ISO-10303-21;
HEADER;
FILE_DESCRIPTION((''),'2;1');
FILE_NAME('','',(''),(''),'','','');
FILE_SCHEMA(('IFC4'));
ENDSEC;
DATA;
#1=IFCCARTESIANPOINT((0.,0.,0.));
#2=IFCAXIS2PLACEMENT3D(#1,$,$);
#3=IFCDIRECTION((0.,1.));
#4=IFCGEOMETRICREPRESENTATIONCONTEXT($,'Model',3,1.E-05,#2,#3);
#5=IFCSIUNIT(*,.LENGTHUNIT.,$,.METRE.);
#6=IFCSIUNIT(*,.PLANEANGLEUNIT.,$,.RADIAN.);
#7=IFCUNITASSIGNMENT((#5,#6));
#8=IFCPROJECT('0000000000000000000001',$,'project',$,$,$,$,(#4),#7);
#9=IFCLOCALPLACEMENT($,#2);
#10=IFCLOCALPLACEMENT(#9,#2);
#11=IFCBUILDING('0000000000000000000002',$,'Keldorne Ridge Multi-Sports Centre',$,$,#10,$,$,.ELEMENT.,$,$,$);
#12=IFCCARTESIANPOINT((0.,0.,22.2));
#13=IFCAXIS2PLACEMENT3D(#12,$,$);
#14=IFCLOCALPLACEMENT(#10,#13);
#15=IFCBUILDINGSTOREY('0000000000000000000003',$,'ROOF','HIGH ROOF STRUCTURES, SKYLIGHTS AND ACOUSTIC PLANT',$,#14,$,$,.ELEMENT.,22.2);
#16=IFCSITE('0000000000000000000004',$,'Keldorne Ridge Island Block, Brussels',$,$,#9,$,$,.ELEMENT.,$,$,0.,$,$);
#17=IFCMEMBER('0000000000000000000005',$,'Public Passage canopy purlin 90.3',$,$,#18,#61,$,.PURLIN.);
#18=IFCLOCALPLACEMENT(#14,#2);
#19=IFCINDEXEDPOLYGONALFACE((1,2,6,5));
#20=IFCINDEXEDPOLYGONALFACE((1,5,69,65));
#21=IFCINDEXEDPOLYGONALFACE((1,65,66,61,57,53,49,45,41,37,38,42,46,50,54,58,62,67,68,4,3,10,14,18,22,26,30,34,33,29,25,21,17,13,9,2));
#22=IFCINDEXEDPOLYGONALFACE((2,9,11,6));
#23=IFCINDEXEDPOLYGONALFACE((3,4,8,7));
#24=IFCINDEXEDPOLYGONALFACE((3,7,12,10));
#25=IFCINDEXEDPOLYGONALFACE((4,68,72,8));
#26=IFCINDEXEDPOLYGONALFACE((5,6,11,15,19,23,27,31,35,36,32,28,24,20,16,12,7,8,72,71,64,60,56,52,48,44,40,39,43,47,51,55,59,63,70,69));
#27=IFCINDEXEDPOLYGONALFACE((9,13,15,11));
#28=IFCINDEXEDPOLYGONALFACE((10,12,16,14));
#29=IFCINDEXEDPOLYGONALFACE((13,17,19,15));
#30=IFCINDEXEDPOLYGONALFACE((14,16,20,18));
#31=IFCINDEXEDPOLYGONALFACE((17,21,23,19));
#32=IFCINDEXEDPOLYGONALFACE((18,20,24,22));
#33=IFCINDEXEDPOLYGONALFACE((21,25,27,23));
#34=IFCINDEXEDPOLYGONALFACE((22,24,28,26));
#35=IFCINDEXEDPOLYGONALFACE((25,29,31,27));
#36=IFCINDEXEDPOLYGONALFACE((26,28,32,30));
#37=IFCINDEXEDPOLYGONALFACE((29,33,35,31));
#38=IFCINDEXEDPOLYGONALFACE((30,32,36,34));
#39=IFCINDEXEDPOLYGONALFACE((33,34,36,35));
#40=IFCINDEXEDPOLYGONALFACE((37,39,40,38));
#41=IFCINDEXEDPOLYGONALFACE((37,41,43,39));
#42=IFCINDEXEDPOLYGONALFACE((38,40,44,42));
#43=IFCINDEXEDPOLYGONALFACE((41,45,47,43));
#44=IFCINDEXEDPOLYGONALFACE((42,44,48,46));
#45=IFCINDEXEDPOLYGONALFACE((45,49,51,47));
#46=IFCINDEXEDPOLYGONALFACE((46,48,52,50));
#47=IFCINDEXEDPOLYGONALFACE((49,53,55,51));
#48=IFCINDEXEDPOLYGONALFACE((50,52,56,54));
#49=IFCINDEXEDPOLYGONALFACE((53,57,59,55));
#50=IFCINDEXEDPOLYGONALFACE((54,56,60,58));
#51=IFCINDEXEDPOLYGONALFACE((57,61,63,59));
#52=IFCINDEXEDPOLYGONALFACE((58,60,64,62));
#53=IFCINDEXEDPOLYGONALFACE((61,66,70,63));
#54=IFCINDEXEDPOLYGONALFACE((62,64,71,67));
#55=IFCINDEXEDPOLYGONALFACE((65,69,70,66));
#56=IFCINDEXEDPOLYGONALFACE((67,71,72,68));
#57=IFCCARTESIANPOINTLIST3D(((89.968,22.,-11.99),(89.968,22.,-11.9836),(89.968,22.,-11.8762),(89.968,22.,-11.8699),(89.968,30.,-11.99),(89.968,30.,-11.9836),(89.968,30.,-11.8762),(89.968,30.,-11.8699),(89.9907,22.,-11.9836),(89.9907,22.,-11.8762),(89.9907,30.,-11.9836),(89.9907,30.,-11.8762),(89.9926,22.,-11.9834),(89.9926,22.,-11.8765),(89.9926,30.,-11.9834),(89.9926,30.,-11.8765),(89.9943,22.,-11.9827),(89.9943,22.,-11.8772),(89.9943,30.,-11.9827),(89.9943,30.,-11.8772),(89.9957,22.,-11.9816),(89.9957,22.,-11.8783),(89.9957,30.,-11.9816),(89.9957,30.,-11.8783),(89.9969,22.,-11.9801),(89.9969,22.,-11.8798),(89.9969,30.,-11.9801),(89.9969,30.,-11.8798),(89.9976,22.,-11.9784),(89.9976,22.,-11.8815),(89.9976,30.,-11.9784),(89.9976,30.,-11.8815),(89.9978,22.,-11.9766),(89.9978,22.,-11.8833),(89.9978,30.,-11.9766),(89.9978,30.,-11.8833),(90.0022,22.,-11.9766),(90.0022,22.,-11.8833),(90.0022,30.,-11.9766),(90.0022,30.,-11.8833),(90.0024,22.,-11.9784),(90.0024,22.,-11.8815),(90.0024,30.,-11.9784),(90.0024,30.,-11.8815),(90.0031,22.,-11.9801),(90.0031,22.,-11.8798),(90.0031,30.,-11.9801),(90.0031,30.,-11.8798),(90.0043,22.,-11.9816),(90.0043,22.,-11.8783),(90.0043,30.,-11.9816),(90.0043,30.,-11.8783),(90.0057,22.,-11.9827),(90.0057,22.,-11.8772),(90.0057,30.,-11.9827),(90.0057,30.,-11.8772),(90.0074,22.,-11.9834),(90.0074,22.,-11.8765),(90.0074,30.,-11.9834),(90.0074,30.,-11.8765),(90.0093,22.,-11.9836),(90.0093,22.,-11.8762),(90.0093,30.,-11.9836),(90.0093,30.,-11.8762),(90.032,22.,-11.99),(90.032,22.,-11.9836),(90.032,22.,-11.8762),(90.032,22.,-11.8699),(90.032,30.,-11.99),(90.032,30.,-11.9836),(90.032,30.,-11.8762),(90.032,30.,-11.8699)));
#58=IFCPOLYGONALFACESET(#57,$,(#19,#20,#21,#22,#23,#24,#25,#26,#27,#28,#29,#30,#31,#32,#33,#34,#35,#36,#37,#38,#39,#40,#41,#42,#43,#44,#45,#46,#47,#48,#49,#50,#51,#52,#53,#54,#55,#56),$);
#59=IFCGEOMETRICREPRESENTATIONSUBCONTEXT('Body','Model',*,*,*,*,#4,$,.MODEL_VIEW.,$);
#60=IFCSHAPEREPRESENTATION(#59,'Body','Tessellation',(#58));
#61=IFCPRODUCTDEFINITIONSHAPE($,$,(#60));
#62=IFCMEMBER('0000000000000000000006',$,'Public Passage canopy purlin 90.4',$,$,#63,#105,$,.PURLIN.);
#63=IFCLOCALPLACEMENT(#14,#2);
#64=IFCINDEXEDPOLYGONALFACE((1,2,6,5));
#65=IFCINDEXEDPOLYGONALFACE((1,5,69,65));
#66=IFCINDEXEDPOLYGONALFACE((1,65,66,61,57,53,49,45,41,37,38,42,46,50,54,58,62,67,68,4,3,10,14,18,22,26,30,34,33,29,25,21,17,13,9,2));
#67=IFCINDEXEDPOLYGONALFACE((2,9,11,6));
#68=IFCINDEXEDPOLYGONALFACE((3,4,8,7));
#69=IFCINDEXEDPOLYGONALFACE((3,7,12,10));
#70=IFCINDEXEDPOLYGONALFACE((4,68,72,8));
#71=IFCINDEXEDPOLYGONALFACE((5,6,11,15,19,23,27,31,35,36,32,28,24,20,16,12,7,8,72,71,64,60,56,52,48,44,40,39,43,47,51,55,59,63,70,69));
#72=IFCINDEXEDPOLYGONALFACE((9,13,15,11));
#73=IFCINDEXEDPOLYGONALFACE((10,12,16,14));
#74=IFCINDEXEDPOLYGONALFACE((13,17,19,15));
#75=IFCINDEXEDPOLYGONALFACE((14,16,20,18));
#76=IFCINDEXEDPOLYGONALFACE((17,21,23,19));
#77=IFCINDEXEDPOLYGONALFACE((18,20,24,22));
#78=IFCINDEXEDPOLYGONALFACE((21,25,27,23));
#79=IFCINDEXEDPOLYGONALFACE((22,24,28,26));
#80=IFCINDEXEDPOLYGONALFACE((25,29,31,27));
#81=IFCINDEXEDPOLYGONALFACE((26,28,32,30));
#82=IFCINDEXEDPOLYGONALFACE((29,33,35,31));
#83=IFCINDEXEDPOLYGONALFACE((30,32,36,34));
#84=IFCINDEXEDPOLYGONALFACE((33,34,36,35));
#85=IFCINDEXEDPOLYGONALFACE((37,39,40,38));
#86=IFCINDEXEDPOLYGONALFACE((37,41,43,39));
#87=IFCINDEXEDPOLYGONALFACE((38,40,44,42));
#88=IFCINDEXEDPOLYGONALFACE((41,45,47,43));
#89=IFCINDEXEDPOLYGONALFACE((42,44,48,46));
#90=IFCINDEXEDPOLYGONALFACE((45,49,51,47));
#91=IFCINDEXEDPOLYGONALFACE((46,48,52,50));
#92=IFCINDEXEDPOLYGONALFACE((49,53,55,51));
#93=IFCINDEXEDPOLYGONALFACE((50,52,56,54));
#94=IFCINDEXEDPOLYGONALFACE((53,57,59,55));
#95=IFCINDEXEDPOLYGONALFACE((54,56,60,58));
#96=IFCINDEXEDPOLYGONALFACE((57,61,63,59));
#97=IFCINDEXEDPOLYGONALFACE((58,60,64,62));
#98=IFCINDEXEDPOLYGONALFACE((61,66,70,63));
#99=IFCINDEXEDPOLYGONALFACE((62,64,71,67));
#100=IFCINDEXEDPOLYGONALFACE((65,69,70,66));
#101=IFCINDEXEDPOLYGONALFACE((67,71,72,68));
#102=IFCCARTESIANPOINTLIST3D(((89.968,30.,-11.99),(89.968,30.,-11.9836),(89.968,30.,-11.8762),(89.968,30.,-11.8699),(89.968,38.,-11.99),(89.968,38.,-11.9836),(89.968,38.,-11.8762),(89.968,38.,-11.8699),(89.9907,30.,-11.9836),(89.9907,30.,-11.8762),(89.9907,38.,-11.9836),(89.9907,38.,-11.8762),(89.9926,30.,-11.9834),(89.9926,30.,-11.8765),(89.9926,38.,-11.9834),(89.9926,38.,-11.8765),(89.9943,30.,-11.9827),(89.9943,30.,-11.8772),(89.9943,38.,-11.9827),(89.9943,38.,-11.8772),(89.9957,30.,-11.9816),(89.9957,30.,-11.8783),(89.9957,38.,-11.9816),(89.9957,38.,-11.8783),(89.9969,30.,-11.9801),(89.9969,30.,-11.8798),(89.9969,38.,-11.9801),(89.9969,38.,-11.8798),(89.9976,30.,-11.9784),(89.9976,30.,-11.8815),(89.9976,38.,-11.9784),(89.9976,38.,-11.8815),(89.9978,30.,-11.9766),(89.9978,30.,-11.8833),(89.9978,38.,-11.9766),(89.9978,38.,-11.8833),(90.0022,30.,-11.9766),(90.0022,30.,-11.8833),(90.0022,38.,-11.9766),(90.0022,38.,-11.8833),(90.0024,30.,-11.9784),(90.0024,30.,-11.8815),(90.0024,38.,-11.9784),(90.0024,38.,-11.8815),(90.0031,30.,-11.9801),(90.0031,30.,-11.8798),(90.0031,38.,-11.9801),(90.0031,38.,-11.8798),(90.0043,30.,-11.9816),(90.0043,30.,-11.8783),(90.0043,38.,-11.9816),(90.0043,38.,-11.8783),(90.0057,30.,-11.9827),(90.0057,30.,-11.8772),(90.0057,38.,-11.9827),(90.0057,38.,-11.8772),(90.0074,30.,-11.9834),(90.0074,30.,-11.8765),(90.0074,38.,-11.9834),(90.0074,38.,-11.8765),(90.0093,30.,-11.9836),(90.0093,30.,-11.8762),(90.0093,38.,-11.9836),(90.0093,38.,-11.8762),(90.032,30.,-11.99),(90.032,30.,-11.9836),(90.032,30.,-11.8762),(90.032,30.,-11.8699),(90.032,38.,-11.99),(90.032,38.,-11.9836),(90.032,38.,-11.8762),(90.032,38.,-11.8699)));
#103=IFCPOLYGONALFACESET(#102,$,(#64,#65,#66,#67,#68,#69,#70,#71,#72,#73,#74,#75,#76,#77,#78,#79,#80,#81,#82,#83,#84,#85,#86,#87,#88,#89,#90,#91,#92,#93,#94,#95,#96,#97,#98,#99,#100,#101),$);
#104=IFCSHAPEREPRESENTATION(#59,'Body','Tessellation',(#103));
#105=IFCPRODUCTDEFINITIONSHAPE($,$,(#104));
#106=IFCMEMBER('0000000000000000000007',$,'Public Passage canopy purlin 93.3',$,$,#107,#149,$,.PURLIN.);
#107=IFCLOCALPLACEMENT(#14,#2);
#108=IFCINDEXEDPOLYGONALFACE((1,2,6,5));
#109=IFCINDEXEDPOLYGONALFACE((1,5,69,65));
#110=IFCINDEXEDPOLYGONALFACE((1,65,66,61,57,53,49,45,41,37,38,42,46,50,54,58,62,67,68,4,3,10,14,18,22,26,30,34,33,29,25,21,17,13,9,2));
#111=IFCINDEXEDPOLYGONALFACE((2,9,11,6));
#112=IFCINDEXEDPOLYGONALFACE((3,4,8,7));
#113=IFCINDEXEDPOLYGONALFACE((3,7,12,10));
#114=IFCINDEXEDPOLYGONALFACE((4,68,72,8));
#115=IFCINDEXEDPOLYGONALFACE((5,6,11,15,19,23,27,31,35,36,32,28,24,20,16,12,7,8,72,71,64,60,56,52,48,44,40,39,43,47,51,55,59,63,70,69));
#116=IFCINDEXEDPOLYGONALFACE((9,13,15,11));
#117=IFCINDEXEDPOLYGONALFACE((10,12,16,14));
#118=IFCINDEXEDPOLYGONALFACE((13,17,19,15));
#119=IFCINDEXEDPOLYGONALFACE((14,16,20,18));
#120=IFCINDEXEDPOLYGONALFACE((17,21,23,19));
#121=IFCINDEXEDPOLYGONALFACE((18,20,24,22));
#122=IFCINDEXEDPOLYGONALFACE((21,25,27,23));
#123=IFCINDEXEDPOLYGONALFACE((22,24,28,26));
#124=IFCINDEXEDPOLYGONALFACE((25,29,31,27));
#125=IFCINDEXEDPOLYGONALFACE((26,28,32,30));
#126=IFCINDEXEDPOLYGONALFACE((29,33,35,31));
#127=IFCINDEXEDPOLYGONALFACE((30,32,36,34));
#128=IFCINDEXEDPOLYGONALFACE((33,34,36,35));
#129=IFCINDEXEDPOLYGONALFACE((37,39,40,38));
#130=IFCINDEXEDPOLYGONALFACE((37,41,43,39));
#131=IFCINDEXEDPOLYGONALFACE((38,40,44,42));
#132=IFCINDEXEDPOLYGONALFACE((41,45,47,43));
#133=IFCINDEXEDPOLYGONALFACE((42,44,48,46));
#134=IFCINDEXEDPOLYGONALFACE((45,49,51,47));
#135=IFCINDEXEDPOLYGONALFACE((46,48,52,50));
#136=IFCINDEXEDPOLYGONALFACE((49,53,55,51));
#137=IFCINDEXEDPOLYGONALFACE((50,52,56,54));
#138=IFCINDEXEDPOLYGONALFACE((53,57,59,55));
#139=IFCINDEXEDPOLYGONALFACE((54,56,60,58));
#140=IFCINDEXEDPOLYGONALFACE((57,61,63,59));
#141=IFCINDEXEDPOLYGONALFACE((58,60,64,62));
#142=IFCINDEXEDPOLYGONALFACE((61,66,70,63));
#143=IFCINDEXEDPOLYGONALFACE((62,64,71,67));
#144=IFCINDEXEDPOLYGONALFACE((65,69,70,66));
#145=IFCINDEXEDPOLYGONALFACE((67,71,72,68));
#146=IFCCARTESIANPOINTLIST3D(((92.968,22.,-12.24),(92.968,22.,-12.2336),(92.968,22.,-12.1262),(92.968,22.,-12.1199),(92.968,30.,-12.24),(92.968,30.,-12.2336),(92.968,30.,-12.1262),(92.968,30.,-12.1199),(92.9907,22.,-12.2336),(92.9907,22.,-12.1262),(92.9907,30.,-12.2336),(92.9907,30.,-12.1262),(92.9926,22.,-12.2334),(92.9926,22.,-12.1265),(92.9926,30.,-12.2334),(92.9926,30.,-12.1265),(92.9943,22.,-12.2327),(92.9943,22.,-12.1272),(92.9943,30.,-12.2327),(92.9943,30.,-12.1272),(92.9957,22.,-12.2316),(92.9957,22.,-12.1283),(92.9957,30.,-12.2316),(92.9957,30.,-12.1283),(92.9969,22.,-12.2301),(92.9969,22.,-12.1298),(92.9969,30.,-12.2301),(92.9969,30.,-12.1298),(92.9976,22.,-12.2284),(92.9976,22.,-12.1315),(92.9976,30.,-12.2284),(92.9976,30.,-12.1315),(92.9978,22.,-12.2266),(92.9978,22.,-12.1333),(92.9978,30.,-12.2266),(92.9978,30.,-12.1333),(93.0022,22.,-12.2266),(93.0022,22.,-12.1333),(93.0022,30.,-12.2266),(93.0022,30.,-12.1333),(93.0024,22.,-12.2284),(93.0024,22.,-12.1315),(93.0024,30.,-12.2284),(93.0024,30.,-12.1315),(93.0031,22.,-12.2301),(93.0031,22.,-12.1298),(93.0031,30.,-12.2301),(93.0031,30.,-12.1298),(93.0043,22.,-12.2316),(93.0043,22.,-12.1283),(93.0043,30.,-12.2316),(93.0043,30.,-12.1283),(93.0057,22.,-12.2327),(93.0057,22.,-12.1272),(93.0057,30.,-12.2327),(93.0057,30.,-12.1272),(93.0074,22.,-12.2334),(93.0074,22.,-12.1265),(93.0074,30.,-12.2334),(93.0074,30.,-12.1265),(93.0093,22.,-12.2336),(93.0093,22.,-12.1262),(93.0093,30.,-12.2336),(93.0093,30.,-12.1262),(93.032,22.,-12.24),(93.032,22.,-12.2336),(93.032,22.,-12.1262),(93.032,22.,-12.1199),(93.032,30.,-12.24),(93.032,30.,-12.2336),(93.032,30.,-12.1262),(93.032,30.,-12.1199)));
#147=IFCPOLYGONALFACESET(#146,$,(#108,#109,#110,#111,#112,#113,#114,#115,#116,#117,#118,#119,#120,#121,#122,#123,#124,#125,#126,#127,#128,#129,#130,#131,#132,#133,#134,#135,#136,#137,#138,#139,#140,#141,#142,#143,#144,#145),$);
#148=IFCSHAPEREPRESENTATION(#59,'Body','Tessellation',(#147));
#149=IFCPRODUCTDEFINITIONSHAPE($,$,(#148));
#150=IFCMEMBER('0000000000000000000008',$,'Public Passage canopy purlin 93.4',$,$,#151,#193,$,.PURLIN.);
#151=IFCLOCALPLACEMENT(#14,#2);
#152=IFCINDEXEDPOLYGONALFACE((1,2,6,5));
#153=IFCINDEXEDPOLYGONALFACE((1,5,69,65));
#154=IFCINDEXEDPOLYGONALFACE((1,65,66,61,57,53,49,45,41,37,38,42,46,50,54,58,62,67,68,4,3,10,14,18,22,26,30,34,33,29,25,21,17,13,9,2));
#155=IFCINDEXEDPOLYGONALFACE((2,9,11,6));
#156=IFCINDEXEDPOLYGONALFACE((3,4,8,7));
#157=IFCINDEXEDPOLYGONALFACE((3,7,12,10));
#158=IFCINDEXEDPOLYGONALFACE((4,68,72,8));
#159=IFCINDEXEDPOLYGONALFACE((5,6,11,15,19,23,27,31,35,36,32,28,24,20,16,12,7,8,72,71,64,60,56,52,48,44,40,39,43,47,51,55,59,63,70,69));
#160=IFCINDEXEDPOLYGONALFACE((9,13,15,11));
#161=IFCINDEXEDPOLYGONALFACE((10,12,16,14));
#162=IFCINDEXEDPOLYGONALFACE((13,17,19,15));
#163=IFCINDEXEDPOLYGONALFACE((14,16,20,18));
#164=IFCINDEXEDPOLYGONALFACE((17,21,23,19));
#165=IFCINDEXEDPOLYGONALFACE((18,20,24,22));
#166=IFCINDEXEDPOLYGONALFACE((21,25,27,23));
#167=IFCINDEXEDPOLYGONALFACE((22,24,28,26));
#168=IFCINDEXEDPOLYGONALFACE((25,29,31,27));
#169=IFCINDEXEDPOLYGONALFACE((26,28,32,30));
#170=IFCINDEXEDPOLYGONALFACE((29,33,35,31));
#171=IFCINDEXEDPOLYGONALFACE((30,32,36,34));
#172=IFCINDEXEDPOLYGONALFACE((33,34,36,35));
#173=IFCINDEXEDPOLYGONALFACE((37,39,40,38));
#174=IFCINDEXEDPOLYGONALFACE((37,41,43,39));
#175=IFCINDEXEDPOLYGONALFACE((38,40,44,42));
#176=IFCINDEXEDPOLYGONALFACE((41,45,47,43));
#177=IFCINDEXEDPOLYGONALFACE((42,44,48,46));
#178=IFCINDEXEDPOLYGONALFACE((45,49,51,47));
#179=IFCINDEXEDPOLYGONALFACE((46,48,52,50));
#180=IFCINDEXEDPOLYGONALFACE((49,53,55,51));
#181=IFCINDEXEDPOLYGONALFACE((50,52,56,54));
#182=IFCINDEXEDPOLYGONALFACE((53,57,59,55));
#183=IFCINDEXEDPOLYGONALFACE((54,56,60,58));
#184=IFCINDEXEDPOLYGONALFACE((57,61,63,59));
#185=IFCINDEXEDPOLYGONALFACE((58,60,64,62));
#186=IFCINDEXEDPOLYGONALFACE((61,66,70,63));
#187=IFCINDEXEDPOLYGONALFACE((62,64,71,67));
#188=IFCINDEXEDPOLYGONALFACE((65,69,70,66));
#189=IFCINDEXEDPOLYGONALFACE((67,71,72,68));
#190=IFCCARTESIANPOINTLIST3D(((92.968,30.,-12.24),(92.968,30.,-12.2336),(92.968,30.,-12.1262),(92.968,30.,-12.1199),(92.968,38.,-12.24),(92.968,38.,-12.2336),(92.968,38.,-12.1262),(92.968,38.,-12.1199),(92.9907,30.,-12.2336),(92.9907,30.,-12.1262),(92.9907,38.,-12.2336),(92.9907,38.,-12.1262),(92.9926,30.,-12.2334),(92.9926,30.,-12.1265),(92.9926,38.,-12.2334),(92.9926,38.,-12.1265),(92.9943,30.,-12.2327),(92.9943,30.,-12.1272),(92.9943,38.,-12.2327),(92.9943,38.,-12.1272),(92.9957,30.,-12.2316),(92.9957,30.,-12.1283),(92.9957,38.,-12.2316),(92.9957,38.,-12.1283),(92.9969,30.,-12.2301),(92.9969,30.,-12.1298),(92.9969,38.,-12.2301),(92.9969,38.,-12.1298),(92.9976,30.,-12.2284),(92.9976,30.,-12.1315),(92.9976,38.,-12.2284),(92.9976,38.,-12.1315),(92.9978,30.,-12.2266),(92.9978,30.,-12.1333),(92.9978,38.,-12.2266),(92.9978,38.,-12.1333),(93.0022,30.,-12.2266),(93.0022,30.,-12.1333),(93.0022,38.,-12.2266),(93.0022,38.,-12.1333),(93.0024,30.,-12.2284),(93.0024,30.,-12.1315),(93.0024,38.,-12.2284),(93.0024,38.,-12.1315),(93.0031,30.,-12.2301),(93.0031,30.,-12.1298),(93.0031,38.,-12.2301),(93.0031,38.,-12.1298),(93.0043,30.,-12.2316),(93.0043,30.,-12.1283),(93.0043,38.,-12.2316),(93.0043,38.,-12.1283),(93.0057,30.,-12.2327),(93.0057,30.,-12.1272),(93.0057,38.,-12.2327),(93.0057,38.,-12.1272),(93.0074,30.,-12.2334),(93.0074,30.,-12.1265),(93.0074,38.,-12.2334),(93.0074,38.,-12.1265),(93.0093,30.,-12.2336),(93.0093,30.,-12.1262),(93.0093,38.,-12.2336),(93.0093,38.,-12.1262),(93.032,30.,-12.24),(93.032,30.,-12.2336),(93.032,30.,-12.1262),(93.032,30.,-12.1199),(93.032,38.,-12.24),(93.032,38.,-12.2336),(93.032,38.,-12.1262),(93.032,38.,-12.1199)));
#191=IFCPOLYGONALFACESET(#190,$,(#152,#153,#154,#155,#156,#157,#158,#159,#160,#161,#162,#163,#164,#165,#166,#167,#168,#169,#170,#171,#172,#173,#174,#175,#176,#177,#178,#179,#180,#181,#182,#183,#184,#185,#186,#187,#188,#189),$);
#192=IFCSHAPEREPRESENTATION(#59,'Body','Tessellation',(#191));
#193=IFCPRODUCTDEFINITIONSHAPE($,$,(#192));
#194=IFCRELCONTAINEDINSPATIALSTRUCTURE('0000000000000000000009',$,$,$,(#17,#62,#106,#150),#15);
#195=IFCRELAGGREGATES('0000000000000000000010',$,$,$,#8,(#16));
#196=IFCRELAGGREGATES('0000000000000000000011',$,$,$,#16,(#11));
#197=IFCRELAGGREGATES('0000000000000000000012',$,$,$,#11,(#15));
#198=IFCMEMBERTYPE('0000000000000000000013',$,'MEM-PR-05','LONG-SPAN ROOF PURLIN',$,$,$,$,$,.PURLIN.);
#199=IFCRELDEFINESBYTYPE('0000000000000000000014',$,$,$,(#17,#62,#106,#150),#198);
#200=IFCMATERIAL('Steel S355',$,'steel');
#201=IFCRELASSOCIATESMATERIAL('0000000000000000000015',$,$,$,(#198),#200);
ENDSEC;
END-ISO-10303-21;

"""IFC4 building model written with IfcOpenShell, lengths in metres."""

from ifc_helpers import new_model, si_unit, direction, frame, origin, origin_2d, place, context, subcontext, project, spatial, i_section, extrude, material, material_profile, profile_set, type_object, element, save


model = new_model("IFC4")

# Units and contexts
model_context = context("Model", 3, precision=1e-05, world=origin(), true_north=direction((0.0, 1.0)))
body_context = subcontext(model_context, "Body", "Model", "MODEL_VIEW")
ifc_project = project(units=[si_unit("LENGTHUNIT", "METRE"), si_unit("PLANEANGLEUNIT", "RADIAN")], contexts=[model_context])

# Site, building, storey
site_placement = place(None, origin())
site = spatial("IfcSite", under=ifc_project, at=site_placement, Name="Keldorne Ridge Island Block, Brussels", CompositionType="ELEMENT", RefElevation=0.0)
building_placement = place(site_placement, origin())
building = spatial("IfcBuilding", under=site, at=building_placement, Name="Keldorne Ridge Multi-Sports Centre", CompositionType="ELEMENT")
storey_placement = place(building_placement, frame((0.0, 0.0, 22.2)))
storey = spatial("IfcBuildingStorey", under=building, at=storey_placement, Name="ROOF", Description="HIGH ROOF STRUCTURES, SKYLIGHTS AND ACOUSTIC PLANT", CompositionType="ELEMENT", Elevation=22.2)

# Members
ifc_material = material(Name="Steel S355", Category="steel")
ifc_material_profile_1 = material_profile(ifc_material, i_section(OverallWidth=0.064, OverallDepth=0.1201, WebThickness=0.0044, FlangeThickness=0.0063, FilletRadius=0.0071, at=origin_2d()), Name="IPE 120")
ifc_profile_set_1 = profile_set([ifc_material_profile_1], Name="Steel S355")
member_type_1 = type_object("IfcMemberType", Name="MEM-PR-05", Description="LONG-SPAN ROOF PURLIN", PredefinedType="PURLIN", material=ifc_profile_set_1)
for number, where, z_axis, x_axis, name in (
    (1, (90.0, 22.0, -11.9299), (0.0, 1.0, 0.0), (-1.0, 0.0, 0.0), "Public Passage canopy purlin 90.3"),
    (2, (90.0, 30.0, -11.9299), (0.0, 1.0, 0.0), (-1.0, 0.0, 0.0), "Public Passage canopy purlin 90.4"),
    (3, (93.0, 22.0, -12.1799), (0.0, 1.0, 0.0), (-1.0, 0.0, 0.0), "Public Passage canopy purlin 93.3"),
    (4, (93.0, 30.0, -12.1799), (0.0, 1.0, 0.0), (-1.0, 0.0, 0.0), "Public Passage canopy purlin 93.4"),
):
    element("IfcMember", number, at=place(storey_placement, frame(where, z_axis=z_axis, x_axis=x_axis)), inside=storey, type_object=member_type_1, Name=name, PredefinedType="PURLIN", context=body_context, shape_type="SweptSolid", body=[
        extrude(i_section(OverallWidth=0.064, OverallDepth=0.1201, WebThickness=0.0044, FlangeThickness=0.0063, FilletRadius=0.0071, at=origin_2d()), origin(), (0.0, 0.0, 1.0), 8.0),
    ])

save(model, "model.ifc")
